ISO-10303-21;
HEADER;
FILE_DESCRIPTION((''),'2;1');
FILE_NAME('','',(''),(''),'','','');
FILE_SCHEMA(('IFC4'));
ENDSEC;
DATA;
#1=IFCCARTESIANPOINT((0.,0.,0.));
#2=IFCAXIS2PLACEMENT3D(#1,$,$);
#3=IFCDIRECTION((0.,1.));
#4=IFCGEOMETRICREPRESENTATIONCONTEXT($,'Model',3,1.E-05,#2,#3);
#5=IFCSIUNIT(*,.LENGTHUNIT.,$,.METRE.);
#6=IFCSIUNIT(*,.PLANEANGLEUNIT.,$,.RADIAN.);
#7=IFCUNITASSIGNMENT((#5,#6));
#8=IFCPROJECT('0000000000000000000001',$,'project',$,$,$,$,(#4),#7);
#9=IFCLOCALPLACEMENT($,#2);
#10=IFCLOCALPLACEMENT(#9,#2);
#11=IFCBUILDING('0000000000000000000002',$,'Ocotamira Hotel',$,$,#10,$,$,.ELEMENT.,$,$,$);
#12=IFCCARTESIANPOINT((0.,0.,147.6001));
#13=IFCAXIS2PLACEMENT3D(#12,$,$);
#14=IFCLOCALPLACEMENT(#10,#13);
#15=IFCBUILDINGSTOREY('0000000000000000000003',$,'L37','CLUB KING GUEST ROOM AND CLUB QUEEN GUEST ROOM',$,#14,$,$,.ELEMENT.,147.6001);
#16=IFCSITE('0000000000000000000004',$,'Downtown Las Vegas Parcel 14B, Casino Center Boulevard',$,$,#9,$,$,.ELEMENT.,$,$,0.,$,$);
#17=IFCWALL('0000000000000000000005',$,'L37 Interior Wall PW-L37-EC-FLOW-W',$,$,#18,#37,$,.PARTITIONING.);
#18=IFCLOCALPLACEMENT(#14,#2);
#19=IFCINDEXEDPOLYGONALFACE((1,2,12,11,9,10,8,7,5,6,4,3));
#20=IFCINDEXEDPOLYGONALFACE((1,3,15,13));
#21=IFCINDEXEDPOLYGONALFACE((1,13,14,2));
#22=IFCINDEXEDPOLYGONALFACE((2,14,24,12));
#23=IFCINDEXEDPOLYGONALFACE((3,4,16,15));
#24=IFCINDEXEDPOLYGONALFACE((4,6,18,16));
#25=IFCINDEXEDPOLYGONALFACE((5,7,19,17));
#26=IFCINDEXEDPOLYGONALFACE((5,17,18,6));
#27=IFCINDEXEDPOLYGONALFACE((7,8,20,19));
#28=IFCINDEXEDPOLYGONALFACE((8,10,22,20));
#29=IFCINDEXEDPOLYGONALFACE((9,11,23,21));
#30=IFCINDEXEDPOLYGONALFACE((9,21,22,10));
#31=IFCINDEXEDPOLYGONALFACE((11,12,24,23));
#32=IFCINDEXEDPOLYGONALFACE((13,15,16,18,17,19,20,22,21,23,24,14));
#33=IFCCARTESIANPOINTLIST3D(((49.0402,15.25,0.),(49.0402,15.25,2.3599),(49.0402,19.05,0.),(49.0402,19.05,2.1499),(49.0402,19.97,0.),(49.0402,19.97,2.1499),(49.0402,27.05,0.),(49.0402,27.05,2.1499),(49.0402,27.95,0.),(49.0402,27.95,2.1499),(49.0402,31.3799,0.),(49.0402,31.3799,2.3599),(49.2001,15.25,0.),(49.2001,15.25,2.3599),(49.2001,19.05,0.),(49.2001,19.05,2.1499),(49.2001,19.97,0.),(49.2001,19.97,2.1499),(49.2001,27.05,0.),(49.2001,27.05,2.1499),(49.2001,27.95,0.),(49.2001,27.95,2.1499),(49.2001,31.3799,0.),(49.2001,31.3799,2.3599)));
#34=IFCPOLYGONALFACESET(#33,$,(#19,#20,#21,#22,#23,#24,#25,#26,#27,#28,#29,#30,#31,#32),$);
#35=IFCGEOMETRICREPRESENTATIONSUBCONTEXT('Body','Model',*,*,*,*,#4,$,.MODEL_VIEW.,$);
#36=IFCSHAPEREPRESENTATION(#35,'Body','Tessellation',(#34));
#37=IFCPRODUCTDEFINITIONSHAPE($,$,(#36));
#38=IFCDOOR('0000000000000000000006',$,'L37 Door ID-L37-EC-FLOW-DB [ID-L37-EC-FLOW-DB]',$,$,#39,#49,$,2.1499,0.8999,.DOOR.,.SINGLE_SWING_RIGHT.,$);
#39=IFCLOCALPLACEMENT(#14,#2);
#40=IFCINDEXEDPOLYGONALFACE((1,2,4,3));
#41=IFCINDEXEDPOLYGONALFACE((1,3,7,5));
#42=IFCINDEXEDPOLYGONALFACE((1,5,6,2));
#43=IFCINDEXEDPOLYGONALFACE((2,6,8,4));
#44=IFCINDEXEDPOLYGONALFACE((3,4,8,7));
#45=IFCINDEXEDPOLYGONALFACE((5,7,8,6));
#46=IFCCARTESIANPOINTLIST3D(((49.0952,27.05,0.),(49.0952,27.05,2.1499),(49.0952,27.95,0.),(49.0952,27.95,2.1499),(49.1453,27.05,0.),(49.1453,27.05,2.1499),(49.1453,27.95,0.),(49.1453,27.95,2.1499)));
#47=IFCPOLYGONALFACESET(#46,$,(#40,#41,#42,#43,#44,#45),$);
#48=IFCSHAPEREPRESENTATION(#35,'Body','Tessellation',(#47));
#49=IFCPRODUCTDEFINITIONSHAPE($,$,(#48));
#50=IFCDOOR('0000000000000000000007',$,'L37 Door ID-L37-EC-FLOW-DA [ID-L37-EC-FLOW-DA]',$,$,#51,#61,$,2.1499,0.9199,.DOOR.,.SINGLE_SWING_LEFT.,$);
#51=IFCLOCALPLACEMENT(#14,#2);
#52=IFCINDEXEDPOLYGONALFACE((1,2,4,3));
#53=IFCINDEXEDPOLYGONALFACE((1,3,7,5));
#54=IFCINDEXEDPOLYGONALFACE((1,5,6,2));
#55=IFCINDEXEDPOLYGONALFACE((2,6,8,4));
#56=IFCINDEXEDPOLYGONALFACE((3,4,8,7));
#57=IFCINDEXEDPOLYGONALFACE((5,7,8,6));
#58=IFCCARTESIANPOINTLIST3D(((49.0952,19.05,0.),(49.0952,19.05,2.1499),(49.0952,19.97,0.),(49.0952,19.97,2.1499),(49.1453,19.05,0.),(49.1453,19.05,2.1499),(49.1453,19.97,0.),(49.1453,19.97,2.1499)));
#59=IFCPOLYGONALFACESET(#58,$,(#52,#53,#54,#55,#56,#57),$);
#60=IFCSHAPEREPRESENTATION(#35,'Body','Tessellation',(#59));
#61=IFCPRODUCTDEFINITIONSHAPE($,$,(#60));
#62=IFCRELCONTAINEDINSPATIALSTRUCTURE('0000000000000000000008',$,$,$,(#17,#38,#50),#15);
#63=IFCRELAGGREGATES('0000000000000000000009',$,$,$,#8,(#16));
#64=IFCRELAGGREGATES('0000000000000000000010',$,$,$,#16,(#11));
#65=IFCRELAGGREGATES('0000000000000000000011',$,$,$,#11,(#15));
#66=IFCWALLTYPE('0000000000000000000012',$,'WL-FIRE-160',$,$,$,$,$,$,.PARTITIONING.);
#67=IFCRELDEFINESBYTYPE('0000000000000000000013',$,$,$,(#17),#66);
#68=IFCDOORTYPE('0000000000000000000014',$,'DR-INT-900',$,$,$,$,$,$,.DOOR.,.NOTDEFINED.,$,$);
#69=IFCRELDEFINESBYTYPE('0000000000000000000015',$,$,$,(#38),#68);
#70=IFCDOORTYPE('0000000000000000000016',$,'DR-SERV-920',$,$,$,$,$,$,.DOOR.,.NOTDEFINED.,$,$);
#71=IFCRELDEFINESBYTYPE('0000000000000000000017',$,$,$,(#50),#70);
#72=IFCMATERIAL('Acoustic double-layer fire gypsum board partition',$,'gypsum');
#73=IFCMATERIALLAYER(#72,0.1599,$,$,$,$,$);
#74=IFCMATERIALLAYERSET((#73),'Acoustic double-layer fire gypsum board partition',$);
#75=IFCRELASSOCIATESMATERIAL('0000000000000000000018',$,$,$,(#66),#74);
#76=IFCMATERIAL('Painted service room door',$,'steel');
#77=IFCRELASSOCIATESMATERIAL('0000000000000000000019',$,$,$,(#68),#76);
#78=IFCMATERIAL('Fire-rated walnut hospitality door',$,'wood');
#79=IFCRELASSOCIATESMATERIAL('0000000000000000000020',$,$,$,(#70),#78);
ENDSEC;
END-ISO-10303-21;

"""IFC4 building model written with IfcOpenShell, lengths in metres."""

from ifc_helpers import new_model, si_unit, direction, frame, frame_2d, origin, place, context, subcontext, project, spatial, rectangle, extrude, source, transform, mapped, material, layer, layer_set, type_object, element, fill, save


model = new_model("IFC4")

# Units and contexts
model_context = context("Model", 3, precision=1e-05, world=origin(), true_north=direction((0.0, 1.0)))
body_context = subcontext(model_context, "Body", "Model", "MODEL_VIEW")
ifc_project = project(units=[si_unit("LENGTHUNIT", "METRE"), si_unit("PLANEANGLEUNIT", "RADIAN")], contexts=[model_context])

# Site, building, storey
site_placement = place(None, origin())
site = spatial("IfcSite", under=ifc_project, at=site_placement, Name="Downtown Las Vegas Parcel 14B, Casino Center Boulevard", CompositionType="ELEMENT", RefElevation=0.0)
building_placement = place(site_placement, origin())
building = spatial("IfcBuilding", under=site, at=building_placement, Name="Ocotamira Hotel", CompositionType="ELEMENT")
storey_placement = place(building_placement, frame((0.0, 0.0, 147.6001)))
storey = spatial("IfcBuildingStorey", under=building, at=storey_placement, Name="L37", Description="CLUB KING GUEST ROOM AND CLUB QUEEN GUEST ROOM", CompositionType="ELEMENT", Elevation=147.6001)

# Wall, openings, doors
ifc_material_1 = material(Name="Acoustic double-layer fire gypsum board partition", Category="gypsum")
ifc_layer_1 = layer(ifc_material_1, 0.1599)
ifc_layer_set_1 = layer_set([ifc_layer_1], Name="Acoustic double-layer fire gypsum board partition")
wall_type_1 = type_object("IfcWallType", Name="WL-FIRE-160", PredefinedType="PARTITIONING", material=ifc_layer_set_1)
wall_1_placement = place(storey_placement, frame((49.1201, 15.25, 0.0), z_axis=(0.0, 0.0, 1.0), x_axis=(0.0, 1.0, 0.0)))
wall_1 = element("IfcWall", 1, at=wall_1_placement, inside=storey, type_object=wall_type_1, Name="L37 Interior Wall PW-L37-EC-FLOW-W", PredefinedType="PARTITIONING", context=body_context, shape_type="SweptSolid", body=[
    extrude(rectangle(XDim=16.1299, YDim=0.1599, at=frame_2d((8.0649, 0.0))), origin(), (0.0, 0.0, 1.0), 2.3599),
])
opening_1_placement = place(wall_1_placement, frame((3.8, 0.0, 0.0)))
opening_1 = element("IfcOpeningElement", 2, at=opening_1_placement, cuts=wall_1, PredefinedType="OPENING", context=body_context, shape_type="SweptSolid", body=[
    extrude(rectangle(XDim=0.9199, YDim=2.1499, at=frame_2d((0.46, 1.075))), frame((0.0, 0.0898, 0.0), z_axis=(0.0, -1.0, 0.0), x_axis=(1.0, 0.0, 0.0)), (0.0, 0.0, 1.0), 0.1799),
])
opening_2_placement = place(wall_1_placement, frame((11.8, 0.0, 0.0)))
opening_2 = element("IfcOpeningElement", 3, at=opening_2_placement, cuts=wall_1, PredefinedType="OPENING", context=body_context, shape_type="SweptSolid", body=[
    extrude(rectangle(XDim=0.8999, YDim=2.1499, at=frame_2d((0.45, 1.075))), frame((0.0, 0.0898, 0.0), z_axis=(0.0, -1.0, 0.0), x_axis=(1.0, 0.0, 0.0)), (0.0, 0.0, 1.0), 0.1799),
])
ifc_material_2 = material(Name="Painted service room door", Category="steel")
door_type_1 = type_object("IfcDoorType", Name="DR-INT-900", OperationType="NOTDEFINED", PredefinedType="DOOR", material=ifc_material_2)
shared_shape_1 = source(origin(), body_context, "Body", "SweptSolid", [
    extrude(rectangle(XDim=0.8999, YDim=2.1499, at=frame_2d((0.45, 1.075))), frame((0.0, 0.0249, 0.0), z_axis=(0.0, -1.0, 0.0), x_axis=(1.0, 0.0, 0.0)), (0.0, 0.0, 1.0), 0.05),
])
door_1_placement = place(opening_2_placement, origin())
door_1 = element("IfcDoor", 4, at=door_1_placement, inside=storey, type_object=door_type_1, Name="L37 Door ID-L37-EC-FLOW-DB [ID-L37-EC-FLOW-DB]", OperationType="SINGLE_SWING_RIGHT", OverallHeight=2.1499, OverallWidth=0.8999, PredefinedType="DOOR", context=body_context, shape_type="MappedRepresentation", body=[
    mapped(shared_shape_1, transform((0.0, 0.0, 0.0), scale=1.0)),
])
fill(opening_2, door_1)
ifc_material_3 = material(Name="Fire-rated walnut hospitality door", Category="wood")
door_type_2 = type_object("IfcDoorType", Name="DR-SERV-920", OperationType="NOTDEFINED", PredefinedType="DOOR", material=ifc_material_3)
shared_shape_2 = source(origin(), body_context, "Body", "SweptSolid", [
    extrude(rectangle(XDim=0.9199, YDim=2.1499, at=frame_2d((0.46, 1.075))), frame((0.0, 0.0249, 0.0), z_axis=(0.0, -1.0, 0.0), x_axis=(1.0, 0.0, 0.0)), (0.0, 0.0, 1.0), 0.05),
])
door_2_placement = place(opening_1_placement, origin())
door_2 = element("IfcDoor", 5, at=door_2_placement, inside=storey, type_object=door_type_2, Name="L37 Door ID-L37-EC-FLOW-DA [ID-L37-EC-FLOW-DA]", OperationType="SINGLE_SWING_LEFT", OverallHeight=2.1499, OverallWidth=0.9199, PredefinedType="DOOR", context=body_context, shape_type="MappedRepresentation", body=[
    mapped(shared_shape_2, transform((0.0, 0.0, 0.0), scale=1.0)),
])
fill(opening_1, door_2)

save(model, "model.ifc")
